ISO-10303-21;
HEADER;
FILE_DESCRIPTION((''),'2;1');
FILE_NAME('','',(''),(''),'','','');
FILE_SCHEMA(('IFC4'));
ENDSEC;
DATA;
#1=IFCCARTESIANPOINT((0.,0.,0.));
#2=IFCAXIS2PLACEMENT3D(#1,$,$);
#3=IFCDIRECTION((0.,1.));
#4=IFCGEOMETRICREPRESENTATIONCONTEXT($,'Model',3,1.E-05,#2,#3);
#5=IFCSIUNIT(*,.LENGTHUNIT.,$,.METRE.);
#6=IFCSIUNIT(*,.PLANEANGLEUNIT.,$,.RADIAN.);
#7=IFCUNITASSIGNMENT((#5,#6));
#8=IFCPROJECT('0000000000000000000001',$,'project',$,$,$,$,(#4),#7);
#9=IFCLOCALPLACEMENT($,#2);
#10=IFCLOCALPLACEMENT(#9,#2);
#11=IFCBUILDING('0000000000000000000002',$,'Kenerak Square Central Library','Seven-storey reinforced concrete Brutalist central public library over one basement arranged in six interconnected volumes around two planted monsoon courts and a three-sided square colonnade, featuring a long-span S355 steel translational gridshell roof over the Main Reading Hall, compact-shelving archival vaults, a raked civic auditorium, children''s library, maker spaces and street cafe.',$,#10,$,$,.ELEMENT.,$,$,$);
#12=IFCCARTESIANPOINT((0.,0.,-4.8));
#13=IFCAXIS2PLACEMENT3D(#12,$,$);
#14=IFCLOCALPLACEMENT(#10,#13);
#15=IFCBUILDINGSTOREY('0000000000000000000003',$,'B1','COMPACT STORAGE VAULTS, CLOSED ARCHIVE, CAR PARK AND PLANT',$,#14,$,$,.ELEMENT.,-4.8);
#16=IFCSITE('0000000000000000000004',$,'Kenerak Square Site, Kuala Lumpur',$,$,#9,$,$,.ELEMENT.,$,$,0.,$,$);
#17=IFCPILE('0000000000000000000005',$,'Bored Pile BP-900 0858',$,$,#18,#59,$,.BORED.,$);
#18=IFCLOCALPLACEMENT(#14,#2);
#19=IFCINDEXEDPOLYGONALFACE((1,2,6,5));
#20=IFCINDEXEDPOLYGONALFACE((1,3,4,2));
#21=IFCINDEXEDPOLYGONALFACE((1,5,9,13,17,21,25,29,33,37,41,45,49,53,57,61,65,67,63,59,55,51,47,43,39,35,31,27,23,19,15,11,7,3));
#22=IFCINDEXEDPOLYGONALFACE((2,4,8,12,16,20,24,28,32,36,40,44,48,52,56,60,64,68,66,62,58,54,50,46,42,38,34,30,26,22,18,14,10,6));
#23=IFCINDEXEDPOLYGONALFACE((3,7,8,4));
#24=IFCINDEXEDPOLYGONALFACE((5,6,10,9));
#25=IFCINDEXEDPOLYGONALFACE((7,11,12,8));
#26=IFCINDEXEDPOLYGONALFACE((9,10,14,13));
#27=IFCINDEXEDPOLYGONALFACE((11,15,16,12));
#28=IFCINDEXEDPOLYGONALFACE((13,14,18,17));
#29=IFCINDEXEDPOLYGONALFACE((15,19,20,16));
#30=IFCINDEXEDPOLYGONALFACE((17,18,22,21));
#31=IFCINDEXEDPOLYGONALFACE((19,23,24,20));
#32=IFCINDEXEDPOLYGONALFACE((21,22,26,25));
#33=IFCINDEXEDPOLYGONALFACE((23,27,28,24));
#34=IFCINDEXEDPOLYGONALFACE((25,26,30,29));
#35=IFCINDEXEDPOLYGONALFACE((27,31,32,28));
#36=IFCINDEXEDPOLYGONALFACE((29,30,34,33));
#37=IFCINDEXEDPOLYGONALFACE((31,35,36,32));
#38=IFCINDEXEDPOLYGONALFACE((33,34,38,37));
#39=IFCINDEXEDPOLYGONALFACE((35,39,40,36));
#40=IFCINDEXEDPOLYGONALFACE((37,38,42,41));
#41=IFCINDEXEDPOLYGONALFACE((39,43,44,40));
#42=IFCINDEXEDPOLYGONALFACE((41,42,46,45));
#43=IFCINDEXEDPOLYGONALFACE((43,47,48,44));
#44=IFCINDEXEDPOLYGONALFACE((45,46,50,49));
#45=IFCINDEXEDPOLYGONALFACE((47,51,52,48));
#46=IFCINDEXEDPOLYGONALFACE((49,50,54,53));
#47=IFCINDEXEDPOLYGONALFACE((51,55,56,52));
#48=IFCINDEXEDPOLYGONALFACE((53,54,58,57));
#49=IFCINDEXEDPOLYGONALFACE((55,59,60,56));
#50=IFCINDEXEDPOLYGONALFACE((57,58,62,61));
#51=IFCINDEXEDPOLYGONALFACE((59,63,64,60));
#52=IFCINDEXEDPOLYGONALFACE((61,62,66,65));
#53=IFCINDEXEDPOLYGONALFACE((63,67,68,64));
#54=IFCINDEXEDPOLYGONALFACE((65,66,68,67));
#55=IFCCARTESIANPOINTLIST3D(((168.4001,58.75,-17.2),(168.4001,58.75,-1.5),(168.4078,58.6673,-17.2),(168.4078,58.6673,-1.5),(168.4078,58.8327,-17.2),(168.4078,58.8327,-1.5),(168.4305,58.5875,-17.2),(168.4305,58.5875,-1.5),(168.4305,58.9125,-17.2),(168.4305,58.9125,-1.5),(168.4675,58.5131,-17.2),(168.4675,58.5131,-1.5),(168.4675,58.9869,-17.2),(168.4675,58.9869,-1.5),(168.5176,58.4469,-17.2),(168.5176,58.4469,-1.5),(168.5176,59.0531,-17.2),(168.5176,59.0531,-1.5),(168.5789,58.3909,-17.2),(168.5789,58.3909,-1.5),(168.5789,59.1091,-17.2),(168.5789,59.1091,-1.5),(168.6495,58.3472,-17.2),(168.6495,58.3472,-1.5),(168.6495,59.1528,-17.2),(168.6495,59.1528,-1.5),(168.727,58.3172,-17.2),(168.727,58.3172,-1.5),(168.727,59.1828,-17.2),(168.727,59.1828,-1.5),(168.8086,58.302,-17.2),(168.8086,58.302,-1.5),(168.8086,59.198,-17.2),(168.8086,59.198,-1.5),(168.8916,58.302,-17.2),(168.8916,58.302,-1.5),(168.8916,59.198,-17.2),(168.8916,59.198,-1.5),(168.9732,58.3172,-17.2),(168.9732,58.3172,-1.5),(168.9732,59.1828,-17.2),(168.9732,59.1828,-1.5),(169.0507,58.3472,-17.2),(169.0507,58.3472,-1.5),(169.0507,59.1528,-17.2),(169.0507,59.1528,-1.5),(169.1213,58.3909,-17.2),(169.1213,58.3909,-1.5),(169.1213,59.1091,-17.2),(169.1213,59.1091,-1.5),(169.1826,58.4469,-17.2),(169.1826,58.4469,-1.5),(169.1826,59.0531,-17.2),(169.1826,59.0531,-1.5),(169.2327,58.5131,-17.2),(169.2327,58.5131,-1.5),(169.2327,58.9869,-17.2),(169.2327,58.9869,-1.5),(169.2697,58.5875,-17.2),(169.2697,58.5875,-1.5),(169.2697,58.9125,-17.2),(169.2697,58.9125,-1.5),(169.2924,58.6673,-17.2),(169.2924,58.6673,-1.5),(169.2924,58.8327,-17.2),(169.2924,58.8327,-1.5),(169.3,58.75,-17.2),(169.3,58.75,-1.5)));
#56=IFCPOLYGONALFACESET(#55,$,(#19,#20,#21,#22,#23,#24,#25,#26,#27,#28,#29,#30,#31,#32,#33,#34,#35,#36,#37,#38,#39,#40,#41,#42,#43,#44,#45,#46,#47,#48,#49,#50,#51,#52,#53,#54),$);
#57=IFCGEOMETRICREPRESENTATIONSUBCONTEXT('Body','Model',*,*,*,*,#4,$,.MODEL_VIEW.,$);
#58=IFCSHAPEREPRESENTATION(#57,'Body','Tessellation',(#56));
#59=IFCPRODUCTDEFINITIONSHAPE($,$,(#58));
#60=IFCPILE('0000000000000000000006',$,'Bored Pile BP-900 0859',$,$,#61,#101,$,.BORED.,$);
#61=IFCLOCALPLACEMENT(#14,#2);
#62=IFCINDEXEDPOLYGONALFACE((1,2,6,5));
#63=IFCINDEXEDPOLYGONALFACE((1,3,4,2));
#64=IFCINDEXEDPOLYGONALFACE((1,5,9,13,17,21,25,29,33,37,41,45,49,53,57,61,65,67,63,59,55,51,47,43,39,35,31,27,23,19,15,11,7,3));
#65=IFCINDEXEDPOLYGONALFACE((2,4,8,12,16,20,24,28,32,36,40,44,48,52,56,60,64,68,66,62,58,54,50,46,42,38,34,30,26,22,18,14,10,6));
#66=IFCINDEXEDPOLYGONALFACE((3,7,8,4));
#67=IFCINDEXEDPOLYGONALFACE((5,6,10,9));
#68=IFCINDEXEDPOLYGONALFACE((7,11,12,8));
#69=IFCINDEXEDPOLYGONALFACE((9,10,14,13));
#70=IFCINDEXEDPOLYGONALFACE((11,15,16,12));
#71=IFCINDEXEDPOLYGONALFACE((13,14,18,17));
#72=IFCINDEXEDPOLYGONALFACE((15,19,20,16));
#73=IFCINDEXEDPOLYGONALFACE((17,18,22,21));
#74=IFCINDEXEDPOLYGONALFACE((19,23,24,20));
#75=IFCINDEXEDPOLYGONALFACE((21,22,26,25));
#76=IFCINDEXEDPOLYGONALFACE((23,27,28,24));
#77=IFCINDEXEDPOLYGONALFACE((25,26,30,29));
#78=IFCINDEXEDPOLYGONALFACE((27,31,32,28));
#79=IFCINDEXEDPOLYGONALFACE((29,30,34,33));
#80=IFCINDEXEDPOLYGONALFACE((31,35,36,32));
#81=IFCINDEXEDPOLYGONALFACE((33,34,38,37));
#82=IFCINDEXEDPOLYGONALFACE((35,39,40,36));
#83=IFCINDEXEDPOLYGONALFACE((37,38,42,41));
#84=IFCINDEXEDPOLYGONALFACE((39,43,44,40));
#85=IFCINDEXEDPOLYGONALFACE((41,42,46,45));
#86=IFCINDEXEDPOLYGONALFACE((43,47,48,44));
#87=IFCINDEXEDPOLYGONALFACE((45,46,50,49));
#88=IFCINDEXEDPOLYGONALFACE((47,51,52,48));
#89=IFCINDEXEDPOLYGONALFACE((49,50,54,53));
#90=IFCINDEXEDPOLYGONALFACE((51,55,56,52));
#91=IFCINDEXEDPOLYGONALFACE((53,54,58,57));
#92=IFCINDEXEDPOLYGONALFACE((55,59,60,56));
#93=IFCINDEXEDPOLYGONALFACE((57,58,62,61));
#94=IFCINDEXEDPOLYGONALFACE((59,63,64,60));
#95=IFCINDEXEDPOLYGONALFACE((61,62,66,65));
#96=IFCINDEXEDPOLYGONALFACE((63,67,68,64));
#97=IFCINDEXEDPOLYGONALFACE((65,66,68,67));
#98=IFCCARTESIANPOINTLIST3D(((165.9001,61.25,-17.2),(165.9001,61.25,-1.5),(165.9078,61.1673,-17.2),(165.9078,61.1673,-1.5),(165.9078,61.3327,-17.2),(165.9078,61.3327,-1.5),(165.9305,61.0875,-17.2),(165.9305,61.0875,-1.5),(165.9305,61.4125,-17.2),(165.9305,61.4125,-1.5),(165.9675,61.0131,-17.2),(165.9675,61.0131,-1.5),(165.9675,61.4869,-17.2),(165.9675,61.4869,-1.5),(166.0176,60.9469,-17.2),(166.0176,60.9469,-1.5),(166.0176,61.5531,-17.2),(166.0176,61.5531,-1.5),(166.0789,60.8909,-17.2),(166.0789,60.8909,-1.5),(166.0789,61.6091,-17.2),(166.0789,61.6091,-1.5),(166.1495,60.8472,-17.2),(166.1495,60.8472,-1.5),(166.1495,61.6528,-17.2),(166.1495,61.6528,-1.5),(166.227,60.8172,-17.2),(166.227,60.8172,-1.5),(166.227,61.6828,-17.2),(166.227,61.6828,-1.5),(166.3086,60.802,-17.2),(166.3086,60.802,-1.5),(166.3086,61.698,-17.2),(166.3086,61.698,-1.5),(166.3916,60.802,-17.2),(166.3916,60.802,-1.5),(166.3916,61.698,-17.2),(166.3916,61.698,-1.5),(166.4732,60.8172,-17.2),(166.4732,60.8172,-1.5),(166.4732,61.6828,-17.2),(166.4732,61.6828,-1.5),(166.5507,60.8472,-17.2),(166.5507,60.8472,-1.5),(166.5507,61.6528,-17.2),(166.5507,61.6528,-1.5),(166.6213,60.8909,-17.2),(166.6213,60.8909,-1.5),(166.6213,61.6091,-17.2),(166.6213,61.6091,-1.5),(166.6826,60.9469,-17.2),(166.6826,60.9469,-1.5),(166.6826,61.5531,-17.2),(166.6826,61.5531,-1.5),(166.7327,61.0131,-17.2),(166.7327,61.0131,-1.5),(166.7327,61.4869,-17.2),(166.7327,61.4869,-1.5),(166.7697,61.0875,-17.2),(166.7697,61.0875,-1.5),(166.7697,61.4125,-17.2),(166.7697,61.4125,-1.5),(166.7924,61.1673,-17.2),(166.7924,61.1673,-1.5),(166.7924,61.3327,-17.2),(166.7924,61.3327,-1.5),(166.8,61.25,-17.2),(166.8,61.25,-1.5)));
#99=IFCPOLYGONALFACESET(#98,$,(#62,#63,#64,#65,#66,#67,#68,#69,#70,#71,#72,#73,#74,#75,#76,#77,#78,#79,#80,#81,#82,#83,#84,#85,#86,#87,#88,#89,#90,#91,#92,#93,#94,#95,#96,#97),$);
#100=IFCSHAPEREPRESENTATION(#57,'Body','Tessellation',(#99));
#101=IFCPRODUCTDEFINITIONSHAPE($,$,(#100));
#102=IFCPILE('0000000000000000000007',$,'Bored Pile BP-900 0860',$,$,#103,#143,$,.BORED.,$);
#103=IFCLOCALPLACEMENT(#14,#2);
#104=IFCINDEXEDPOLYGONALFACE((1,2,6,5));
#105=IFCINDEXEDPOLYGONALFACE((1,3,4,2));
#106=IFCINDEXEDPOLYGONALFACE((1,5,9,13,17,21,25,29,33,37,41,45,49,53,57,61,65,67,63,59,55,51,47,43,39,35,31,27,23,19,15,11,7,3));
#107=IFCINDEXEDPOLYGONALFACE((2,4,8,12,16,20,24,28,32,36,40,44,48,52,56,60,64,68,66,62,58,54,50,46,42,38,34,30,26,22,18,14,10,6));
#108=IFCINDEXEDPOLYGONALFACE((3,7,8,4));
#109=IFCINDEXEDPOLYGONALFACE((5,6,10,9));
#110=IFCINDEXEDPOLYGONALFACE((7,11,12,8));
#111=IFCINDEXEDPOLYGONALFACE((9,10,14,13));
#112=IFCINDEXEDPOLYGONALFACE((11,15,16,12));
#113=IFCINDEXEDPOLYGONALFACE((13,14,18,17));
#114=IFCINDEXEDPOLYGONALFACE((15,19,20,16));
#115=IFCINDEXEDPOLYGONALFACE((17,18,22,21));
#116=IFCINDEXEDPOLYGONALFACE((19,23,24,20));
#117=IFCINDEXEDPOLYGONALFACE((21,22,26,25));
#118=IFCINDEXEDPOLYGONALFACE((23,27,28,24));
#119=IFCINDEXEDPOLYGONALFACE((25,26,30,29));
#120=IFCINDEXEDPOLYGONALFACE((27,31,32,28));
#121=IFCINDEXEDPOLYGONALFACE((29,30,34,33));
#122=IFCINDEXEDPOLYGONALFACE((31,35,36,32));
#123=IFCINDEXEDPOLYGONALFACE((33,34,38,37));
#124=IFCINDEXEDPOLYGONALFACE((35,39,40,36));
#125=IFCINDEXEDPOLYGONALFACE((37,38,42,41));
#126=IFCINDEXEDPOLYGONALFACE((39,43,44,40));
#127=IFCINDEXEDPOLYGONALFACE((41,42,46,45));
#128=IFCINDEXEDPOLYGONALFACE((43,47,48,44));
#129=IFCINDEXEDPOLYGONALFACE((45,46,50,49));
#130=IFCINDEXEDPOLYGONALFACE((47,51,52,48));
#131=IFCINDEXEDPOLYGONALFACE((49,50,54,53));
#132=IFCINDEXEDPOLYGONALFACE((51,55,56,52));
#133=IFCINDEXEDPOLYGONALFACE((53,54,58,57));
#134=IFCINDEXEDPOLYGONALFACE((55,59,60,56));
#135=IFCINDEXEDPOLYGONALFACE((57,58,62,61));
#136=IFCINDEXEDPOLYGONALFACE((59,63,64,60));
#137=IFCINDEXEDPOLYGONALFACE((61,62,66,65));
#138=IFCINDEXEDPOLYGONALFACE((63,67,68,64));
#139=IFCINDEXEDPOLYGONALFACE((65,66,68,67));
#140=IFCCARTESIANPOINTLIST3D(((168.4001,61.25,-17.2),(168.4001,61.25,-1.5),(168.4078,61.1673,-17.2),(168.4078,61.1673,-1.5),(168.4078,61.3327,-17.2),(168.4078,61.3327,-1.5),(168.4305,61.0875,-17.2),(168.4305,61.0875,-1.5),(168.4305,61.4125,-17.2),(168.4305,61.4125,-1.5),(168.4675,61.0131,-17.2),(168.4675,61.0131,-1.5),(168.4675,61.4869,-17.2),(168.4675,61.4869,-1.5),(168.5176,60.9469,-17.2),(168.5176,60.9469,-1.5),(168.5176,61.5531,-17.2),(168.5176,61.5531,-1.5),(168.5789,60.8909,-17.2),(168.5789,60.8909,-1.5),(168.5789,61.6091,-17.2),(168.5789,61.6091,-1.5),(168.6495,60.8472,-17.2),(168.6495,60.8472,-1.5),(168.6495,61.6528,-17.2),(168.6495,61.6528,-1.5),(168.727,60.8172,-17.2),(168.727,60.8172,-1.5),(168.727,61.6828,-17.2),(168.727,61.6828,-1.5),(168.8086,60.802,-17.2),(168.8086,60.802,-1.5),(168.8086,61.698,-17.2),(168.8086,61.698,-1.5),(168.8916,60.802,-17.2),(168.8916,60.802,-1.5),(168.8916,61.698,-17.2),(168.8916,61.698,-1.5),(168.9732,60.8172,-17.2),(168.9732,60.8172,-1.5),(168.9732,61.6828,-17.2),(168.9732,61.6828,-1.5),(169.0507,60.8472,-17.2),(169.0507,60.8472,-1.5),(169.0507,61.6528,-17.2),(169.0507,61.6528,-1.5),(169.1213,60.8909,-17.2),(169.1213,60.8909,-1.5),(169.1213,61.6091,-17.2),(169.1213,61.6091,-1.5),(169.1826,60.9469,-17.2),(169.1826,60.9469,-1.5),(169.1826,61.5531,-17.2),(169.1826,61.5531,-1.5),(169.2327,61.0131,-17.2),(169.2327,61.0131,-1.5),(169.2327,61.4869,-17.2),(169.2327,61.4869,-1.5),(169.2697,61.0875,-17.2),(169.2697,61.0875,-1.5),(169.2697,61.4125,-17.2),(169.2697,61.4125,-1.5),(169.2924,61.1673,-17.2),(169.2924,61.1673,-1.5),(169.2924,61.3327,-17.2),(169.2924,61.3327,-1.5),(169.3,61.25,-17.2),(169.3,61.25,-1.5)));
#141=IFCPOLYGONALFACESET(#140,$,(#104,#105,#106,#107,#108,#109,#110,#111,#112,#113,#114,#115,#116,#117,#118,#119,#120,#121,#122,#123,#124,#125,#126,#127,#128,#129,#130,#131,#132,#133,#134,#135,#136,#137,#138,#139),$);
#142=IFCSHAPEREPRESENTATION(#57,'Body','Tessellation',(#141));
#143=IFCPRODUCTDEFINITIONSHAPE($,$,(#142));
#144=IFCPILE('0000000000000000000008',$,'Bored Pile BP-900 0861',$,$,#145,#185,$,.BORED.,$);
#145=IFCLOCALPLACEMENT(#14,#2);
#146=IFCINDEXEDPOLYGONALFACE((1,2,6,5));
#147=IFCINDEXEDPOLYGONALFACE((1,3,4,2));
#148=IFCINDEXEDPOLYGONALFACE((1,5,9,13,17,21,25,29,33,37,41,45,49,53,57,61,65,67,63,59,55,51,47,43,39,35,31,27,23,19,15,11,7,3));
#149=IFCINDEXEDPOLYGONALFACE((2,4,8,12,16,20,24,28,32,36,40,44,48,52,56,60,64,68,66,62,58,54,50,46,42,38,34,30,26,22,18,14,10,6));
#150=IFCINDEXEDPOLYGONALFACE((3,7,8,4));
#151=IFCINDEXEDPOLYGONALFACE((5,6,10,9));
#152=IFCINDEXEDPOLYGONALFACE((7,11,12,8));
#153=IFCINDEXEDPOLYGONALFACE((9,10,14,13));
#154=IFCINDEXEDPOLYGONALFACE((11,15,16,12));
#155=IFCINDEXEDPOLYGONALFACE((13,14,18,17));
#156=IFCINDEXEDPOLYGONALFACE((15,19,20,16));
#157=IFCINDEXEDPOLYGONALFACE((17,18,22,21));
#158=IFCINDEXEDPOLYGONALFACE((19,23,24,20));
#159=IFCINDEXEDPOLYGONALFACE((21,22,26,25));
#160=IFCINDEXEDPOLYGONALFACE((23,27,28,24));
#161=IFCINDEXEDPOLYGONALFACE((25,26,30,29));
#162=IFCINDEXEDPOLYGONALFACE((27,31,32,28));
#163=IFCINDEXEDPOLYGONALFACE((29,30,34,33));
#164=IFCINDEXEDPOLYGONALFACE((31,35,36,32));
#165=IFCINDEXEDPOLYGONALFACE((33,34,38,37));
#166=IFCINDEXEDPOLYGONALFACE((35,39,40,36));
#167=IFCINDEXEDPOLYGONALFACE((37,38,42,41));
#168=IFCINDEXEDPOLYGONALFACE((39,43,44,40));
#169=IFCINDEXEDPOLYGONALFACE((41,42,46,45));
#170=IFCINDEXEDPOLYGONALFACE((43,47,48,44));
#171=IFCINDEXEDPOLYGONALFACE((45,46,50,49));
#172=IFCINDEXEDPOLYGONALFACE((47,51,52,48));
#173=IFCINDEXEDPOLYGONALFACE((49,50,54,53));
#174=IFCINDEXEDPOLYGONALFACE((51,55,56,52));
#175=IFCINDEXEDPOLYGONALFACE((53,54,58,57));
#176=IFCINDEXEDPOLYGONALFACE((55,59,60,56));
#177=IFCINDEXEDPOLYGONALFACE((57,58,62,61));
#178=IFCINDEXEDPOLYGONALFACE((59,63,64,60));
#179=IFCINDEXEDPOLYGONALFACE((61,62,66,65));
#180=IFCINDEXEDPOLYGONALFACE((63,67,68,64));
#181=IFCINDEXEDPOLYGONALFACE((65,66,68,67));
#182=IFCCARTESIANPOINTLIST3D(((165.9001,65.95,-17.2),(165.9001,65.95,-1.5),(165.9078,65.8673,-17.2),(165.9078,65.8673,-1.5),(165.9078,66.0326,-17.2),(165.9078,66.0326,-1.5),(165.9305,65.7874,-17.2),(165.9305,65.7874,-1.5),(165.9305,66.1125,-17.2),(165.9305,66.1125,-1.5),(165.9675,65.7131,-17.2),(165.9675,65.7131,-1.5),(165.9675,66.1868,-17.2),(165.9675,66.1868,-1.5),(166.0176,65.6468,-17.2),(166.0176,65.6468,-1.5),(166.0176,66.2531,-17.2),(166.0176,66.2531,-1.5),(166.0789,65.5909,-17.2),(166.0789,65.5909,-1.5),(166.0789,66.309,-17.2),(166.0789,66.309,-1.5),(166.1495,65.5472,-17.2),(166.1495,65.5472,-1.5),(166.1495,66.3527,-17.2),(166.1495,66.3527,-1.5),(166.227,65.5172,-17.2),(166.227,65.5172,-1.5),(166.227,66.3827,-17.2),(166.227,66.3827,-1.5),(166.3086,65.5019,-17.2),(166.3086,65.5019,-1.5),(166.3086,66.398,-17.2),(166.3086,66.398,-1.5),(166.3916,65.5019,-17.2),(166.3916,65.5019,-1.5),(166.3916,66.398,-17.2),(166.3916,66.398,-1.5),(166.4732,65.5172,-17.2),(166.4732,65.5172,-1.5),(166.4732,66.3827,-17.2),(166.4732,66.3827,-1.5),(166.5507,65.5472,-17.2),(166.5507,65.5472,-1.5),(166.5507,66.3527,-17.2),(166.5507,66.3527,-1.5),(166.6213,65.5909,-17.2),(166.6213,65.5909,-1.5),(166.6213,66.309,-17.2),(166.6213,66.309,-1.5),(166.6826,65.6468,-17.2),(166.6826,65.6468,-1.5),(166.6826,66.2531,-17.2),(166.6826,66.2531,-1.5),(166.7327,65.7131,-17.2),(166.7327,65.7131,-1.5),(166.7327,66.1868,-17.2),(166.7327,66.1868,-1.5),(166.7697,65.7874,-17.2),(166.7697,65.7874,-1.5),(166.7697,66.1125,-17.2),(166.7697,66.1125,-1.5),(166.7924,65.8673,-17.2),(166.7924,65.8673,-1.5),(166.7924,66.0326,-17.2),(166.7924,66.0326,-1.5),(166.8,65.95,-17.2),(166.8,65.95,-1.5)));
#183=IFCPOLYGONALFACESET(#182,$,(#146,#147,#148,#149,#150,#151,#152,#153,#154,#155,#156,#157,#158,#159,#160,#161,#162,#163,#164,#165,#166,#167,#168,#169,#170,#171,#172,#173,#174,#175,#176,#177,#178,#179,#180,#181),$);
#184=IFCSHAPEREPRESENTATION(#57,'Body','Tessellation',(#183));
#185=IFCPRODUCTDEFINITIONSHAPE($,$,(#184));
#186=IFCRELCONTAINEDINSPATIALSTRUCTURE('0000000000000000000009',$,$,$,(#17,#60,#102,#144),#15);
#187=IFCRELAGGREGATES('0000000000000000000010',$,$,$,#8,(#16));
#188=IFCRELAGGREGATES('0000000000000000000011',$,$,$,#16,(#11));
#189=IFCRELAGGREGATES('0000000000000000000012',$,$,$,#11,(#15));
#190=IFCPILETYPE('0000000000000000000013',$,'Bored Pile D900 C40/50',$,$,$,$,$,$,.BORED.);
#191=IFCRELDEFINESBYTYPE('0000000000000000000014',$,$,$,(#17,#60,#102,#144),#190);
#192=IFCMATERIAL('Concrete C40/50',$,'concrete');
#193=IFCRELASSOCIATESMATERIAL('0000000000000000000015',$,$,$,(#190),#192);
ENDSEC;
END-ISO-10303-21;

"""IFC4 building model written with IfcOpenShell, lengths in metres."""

from ifc_helpers import new_model, si_unit, direction, frame, origin, origin_2d, place, context, subcontext, project, spatial, circle, extrude, material, material_profile, profile_set, type_object, element, save


model = new_model("IFC4")

# Units and contexts
model_context = context("Model", 3, precision=1e-05, world=origin(), true_north=direction((0.0, 1.0)))
body_context = subcontext(model_context, "Body", "Model", "MODEL_VIEW")
ifc_project = project(units=[si_unit("LENGTHUNIT", "METRE"), si_unit("PLANEANGLEUNIT", "RADIAN")], contexts=[model_context])

# Site, building, storey
site_placement = place(None, origin())
site = spatial("IfcSite", under=ifc_project, at=site_placement, Name="Kenerak Square Site, Kuala Lumpur", CompositionType="ELEMENT", RefElevation=0.0)
building_placement = place(site_placement, origin())
building = spatial("IfcBuilding", under=site, at=building_placement, Name="Kenerak Square Central Library", Description="Seven-storey reinforced concrete Brutalist central public library over one basement arranged in six interconnected volumes around two planted monsoon courts and a three-sided square colonnade, featuring a long-span S355 steel translational gridshell roof over the Main Reading Hall, compact-shelving archival vaults, a raked civic auditorium, children's library, maker spaces and street cafe.", CompositionType="ELEMENT")
storey_placement = place(building_placement, frame((0.0, 0.0, -4.8)))
storey = spatial("IfcBuildingStorey", under=building, at=storey_placement, Name="B1", Description="COMPACT STORAGE VAULTS, CLOSED ARCHIVE, CAR PARK AND PLANT", CompositionType="ELEMENT", Elevation=-4.8)

# Piles
ifc_material_1 = material(Name="Concrete C40/50", Category="concrete")
ifc_material_profile_1 = material_profile(ifc_material_1, circle(Radius=0.45, at=origin_2d()), Name="BP D900")
ifc_profile_set_1 = profile_set([ifc_material_profile_1], Name="Concrete C40/50")
pile_type = type_object("IfcPileType", Name="Bored Pile D900 C40/50", PredefinedType="BORED", material=ifc_profile_set_1)
for number, where, z_axis, x_axis, name in (
    (1, (168.8501, 58.75, -1.5), (0.0, 0.0, -1.0), (1.0, 0.0, 0.0), "Bored Pile BP-900 0858"),
    (2, (166.3501, 61.25, -1.5), (0.0, 0.0, -1.0), (1.0, 0.0, 0.0), "Bored Pile BP-900 0859"),
    (3, (168.8501, 61.25, -1.5), (0.0, 0.0, -1.0), (1.0, 0.0, 0.0), "Bored Pile BP-900 0860"),
    (4, (166.3501, 65.95, -1.5), (0.0, 0.0, -1.0), (1.0, 0.0, 0.0), "Bored Pile BP-900 0861"),
):
    element("IfcPile", number, at=place(storey_placement, frame(where, z_axis=z_axis, x_axis=x_axis)), inside=storey, type_object=pile_type, Name=name, PredefinedType="BORED", context=body_context, shape_type="SweptSolid", body=[
        extrude(circle(Radius=0.45, at=origin_2d()), origin(), (0.0, 0.0, 1.0), 15.7),
    ])

save(model, "model.ifc")
